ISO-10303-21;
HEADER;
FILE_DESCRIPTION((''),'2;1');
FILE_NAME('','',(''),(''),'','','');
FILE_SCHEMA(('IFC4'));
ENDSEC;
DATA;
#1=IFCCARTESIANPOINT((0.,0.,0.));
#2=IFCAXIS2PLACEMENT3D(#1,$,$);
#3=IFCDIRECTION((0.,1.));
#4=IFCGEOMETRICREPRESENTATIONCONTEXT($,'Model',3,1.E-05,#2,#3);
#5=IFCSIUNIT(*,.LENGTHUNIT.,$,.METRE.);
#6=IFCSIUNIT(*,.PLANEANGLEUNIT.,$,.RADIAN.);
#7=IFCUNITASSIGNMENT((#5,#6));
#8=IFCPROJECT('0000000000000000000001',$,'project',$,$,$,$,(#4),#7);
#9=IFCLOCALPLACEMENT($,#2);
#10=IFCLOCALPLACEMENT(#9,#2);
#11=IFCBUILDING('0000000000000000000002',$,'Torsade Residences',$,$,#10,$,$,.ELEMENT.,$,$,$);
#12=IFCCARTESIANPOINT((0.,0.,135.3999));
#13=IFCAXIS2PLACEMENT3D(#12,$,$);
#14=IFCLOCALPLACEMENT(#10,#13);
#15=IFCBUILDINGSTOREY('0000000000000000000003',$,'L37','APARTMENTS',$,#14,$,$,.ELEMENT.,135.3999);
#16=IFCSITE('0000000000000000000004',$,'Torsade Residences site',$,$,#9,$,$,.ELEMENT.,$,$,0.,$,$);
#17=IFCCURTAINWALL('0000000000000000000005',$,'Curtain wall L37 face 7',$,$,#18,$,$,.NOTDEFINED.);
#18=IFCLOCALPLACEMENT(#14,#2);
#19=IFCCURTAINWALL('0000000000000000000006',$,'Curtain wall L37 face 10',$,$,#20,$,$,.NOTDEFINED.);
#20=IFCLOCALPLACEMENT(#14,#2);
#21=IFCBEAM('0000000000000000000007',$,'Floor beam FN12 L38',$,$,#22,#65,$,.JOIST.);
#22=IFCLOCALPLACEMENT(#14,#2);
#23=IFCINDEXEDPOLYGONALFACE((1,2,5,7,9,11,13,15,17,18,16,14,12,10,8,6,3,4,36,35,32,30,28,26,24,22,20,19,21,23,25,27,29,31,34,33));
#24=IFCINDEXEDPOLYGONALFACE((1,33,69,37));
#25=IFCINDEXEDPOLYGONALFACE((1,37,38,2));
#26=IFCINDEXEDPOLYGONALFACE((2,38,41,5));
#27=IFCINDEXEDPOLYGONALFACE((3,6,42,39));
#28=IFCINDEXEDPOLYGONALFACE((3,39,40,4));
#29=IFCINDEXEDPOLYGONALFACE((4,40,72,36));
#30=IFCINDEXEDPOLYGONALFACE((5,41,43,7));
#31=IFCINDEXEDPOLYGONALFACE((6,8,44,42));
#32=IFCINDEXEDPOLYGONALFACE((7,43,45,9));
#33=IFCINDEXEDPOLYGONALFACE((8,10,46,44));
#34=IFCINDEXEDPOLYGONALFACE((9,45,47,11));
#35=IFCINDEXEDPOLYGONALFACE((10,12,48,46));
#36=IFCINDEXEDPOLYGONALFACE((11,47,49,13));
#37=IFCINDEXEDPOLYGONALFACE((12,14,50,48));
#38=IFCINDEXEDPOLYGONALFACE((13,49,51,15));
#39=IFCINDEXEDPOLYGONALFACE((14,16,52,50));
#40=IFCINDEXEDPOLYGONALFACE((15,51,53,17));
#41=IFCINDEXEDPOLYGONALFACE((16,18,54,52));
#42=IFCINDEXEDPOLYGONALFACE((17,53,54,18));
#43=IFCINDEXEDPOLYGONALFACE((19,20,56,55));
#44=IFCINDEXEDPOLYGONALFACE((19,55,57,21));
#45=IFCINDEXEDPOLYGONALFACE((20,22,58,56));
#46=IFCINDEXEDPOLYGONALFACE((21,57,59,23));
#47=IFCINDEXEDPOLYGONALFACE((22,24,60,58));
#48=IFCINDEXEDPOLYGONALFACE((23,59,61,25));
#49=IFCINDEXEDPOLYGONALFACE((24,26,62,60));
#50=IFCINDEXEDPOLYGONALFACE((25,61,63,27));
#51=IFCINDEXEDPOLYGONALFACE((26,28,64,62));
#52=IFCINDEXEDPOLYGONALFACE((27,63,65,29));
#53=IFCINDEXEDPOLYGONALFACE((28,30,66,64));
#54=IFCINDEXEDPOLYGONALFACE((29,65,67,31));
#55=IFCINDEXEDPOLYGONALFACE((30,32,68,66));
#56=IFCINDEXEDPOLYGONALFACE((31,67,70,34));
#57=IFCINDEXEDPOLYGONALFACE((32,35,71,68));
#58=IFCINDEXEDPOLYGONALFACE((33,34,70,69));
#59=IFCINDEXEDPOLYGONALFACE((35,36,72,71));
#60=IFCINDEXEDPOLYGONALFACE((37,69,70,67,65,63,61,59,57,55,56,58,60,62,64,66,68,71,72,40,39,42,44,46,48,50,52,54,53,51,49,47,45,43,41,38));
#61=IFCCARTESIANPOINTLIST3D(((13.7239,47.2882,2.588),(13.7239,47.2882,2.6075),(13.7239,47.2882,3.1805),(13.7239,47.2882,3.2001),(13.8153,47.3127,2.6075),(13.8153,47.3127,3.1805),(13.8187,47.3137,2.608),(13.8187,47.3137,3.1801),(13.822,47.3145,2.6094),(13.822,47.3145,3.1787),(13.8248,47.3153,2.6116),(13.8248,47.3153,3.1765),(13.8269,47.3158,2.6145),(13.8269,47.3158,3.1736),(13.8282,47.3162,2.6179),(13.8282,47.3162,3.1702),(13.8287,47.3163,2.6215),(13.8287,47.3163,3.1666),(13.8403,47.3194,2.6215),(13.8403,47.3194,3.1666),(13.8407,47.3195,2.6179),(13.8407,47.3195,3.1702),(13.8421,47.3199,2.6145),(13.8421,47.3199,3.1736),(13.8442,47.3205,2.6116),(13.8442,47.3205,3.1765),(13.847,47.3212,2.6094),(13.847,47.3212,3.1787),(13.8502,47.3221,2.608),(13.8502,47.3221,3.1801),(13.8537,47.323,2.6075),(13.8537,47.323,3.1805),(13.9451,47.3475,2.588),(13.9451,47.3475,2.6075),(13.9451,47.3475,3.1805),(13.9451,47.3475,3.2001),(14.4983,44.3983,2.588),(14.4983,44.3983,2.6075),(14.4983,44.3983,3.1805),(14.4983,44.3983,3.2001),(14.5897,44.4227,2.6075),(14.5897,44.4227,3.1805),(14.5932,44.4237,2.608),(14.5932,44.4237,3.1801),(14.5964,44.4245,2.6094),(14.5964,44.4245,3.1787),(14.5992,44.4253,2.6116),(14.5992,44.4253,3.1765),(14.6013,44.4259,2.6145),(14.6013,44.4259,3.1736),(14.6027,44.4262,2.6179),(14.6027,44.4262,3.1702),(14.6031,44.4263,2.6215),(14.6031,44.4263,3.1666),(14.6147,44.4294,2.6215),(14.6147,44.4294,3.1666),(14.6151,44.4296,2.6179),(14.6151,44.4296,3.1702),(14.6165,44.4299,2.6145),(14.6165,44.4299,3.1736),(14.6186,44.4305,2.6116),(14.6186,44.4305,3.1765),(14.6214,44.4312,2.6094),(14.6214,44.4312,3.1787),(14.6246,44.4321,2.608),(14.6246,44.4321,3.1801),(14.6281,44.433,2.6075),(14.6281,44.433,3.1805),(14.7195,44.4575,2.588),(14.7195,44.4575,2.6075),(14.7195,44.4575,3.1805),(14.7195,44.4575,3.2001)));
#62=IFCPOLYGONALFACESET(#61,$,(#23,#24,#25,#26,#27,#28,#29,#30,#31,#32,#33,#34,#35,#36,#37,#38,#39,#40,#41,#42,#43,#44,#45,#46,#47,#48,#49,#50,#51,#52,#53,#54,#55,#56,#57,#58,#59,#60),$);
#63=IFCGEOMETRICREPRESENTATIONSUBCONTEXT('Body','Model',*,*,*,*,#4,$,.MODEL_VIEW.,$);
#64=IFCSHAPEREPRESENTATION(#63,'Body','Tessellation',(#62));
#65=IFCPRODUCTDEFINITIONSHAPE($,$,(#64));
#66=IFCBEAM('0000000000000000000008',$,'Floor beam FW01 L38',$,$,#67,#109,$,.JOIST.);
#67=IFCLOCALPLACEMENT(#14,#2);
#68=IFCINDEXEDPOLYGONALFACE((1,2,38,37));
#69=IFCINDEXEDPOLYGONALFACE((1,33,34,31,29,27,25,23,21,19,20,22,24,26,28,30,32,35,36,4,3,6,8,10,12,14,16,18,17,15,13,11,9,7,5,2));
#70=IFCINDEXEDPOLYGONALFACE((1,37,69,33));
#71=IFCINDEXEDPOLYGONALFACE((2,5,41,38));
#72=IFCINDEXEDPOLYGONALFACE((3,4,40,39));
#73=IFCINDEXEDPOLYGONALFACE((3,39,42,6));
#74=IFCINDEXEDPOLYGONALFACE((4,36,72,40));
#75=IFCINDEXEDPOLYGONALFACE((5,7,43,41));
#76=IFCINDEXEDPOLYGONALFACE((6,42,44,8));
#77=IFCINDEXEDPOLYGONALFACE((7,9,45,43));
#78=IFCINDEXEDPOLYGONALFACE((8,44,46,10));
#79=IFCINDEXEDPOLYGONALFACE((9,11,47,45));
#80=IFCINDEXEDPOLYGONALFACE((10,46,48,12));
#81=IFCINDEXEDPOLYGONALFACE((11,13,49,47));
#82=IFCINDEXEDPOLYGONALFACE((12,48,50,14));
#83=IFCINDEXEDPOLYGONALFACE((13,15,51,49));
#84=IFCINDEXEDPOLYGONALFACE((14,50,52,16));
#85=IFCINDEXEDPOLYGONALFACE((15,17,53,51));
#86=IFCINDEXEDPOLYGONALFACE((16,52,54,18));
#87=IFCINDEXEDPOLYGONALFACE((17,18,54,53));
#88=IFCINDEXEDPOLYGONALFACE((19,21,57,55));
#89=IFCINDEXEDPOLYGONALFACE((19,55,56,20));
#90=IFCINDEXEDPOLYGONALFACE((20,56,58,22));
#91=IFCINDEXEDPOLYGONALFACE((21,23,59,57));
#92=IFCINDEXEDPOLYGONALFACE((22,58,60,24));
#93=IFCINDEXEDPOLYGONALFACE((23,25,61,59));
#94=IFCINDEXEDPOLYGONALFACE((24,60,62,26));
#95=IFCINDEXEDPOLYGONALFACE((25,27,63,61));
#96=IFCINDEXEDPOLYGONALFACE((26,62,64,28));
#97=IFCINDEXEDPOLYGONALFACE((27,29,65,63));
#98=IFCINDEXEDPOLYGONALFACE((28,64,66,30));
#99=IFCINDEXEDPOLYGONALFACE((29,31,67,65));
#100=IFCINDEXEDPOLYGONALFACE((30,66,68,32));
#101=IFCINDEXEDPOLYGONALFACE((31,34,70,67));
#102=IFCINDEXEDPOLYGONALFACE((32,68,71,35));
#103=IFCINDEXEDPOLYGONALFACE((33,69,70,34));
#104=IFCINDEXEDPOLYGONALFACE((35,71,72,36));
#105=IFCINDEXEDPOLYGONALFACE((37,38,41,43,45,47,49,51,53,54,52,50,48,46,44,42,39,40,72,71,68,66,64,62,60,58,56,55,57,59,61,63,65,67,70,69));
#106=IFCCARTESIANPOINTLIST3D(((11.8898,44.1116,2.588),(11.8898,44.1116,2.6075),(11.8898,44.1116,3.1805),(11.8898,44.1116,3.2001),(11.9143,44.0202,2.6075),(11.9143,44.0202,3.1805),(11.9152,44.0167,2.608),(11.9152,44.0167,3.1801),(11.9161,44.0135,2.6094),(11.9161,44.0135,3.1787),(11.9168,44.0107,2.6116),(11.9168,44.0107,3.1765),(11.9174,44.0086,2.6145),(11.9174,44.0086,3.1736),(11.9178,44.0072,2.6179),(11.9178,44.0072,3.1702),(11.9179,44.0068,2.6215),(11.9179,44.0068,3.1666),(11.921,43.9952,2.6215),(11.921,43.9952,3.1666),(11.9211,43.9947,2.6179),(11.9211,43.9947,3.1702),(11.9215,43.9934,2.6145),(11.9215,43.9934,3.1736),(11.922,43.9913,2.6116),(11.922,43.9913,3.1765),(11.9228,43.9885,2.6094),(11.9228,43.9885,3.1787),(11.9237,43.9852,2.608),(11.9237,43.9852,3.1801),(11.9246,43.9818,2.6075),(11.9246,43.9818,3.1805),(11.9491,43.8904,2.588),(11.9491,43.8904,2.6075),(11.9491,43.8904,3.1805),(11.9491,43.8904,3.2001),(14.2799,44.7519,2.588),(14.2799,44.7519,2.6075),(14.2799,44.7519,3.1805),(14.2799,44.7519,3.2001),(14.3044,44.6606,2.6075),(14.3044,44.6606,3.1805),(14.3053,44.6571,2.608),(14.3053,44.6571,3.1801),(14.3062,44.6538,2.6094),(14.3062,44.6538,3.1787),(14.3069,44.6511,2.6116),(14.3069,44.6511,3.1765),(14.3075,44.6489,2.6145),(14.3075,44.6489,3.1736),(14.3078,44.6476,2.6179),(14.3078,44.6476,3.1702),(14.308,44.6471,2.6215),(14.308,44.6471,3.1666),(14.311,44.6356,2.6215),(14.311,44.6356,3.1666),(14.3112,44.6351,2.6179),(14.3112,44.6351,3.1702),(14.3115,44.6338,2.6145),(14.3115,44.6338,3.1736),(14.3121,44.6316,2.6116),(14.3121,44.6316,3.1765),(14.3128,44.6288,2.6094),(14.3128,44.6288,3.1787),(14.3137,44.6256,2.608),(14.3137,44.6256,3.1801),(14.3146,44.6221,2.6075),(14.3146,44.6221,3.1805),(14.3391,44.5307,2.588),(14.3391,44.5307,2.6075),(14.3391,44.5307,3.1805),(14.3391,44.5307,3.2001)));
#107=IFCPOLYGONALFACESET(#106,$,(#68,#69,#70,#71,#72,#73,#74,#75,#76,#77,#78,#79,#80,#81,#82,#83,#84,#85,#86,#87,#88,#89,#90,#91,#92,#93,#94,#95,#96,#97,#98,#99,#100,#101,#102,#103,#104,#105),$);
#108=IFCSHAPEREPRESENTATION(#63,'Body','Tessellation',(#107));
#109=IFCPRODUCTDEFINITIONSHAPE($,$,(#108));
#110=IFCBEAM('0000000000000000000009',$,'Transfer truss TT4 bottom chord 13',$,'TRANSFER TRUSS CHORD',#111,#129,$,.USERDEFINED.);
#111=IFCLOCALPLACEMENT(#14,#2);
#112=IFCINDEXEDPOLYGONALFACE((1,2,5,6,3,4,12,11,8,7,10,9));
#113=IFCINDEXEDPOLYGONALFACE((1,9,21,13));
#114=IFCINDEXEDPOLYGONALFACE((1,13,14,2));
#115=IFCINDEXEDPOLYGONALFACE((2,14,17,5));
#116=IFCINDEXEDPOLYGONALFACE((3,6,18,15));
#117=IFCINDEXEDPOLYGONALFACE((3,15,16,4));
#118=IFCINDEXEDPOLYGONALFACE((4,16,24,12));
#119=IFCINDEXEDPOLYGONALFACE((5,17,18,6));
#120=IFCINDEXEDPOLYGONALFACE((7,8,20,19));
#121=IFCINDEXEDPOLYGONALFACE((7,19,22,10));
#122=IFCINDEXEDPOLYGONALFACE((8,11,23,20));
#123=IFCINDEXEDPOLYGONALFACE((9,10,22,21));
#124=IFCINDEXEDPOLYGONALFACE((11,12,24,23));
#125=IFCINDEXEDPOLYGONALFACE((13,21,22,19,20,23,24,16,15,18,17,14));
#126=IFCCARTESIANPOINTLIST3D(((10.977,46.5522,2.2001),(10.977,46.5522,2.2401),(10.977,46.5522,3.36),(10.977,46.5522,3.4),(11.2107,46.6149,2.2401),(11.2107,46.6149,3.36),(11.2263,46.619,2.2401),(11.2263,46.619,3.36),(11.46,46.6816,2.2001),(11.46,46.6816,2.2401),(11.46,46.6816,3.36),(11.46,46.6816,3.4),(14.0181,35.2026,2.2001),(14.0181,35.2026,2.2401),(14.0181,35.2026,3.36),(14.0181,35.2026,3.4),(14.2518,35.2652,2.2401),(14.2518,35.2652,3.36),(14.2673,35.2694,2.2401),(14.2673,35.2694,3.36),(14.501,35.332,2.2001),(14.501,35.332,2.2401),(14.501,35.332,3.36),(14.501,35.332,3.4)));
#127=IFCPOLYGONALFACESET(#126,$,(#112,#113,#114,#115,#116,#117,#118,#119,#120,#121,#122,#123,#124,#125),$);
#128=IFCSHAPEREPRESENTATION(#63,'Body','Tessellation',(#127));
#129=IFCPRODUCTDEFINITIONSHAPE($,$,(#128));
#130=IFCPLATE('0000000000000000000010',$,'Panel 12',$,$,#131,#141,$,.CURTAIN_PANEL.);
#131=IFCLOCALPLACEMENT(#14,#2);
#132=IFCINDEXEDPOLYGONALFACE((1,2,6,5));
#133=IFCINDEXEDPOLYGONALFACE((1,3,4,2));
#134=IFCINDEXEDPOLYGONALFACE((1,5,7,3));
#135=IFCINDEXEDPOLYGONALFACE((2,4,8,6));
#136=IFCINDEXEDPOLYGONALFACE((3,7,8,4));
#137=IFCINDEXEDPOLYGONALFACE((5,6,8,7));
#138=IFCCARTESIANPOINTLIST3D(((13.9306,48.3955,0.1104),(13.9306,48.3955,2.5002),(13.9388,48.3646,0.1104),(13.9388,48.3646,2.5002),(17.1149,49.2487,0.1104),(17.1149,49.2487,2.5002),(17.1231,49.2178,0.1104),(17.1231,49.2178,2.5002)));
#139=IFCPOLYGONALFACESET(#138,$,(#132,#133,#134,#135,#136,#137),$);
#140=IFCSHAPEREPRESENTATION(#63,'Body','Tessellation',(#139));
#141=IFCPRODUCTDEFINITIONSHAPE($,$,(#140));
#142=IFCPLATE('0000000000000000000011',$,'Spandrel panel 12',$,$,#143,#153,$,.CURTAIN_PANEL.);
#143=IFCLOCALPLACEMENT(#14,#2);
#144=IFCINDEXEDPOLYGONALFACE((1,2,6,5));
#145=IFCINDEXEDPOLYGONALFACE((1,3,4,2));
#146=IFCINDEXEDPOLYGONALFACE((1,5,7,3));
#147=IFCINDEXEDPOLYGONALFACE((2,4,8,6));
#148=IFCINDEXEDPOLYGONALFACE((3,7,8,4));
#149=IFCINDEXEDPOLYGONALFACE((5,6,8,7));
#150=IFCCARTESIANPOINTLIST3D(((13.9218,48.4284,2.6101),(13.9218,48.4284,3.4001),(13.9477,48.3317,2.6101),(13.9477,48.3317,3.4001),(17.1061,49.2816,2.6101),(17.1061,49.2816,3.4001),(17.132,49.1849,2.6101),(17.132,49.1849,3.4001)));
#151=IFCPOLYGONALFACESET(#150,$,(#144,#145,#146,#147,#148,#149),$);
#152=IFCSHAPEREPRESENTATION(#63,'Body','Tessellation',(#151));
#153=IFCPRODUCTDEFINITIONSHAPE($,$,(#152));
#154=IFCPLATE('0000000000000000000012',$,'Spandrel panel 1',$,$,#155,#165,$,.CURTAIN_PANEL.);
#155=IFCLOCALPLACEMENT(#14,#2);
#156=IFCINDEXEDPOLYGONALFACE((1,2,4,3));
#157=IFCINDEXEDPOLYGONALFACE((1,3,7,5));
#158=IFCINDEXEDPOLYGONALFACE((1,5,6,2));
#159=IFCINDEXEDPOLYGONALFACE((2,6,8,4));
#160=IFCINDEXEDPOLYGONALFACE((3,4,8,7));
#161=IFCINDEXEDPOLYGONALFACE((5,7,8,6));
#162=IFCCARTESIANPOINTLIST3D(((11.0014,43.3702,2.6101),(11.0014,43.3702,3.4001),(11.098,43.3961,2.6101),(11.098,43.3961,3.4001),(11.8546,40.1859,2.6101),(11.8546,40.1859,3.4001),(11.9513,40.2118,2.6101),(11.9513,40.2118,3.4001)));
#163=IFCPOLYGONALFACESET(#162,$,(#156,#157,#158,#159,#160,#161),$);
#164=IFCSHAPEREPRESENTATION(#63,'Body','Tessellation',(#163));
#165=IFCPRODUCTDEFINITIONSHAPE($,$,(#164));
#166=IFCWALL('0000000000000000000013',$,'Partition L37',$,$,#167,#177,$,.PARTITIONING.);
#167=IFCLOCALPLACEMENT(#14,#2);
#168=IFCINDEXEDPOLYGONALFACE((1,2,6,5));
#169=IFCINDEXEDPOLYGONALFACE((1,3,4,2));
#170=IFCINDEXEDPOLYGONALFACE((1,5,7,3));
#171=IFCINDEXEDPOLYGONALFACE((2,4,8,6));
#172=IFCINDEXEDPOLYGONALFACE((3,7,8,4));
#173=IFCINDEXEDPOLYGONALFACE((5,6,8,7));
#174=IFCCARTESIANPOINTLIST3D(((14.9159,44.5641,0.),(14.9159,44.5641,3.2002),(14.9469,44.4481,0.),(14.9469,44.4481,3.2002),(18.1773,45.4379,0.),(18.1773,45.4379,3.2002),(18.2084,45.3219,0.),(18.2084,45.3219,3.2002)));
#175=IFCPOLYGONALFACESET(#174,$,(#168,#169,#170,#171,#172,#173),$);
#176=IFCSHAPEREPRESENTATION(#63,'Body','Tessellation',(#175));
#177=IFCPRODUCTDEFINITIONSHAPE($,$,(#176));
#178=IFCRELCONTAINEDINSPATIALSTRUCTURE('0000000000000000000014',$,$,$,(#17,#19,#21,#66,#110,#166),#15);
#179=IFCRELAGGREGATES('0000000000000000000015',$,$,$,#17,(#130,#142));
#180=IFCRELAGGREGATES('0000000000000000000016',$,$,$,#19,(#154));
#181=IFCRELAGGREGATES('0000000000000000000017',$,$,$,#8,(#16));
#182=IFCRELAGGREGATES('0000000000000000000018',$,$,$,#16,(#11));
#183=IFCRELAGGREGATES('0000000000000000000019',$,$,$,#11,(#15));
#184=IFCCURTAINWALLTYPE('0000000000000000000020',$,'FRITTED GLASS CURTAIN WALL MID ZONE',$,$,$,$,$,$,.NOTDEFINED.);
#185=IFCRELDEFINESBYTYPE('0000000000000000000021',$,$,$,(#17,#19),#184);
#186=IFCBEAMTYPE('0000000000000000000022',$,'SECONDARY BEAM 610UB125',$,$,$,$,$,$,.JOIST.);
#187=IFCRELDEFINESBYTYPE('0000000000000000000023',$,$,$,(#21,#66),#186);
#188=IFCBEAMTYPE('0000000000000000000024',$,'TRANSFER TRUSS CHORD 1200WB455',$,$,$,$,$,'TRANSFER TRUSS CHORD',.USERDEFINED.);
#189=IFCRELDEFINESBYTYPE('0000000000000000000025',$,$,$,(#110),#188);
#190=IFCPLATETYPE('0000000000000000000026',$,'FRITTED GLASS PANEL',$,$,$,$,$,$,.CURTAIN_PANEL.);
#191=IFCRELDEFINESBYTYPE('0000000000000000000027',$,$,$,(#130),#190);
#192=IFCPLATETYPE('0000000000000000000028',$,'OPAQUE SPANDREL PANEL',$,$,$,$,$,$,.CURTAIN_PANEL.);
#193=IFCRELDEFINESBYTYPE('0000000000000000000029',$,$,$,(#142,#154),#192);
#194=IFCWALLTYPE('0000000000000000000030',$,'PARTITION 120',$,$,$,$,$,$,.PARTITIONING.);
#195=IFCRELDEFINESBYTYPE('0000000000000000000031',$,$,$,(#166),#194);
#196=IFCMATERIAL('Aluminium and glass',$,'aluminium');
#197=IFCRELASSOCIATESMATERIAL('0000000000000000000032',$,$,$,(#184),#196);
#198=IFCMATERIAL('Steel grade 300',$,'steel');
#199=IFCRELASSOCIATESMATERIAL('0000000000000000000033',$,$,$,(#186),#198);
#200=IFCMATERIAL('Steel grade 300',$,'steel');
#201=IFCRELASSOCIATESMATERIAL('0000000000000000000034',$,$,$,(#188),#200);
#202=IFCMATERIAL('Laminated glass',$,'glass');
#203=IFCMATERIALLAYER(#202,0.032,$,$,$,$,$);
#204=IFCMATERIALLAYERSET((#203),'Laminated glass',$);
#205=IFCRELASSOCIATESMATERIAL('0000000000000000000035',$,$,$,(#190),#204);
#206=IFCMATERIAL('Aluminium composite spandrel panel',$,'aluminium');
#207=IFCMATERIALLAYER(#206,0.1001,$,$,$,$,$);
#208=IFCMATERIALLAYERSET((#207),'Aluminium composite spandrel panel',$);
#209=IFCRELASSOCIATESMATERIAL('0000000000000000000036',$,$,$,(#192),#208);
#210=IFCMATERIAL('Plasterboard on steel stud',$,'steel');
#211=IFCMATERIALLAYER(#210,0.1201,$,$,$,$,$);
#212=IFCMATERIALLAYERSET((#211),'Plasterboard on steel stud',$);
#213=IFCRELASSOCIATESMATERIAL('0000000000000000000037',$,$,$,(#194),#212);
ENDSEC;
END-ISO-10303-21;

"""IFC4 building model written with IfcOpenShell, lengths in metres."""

from ifc_helpers import new_model, si_unit, direction, frame, frame_2d, origin, origin_2d, place, context, subcontext, project, spatial, rectangle, i_section, extrude, material, layer, layer_set, material_profile, profile_set, type_object, element, aggregate, save


model = new_model("IFC4")

# Units and contexts
model_context = context("Model", 3, precision=1e-05, world=origin(), true_north=direction((0.0, 1.0)))
body_context = subcontext(model_context, "Body", "Model", "MODEL_VIEW")
ifc_project = project(units=[si_unit("LENGTHUNIT", "METRE"), si_unit("PLANEANGLEUNIT", "RADIAN")], contexts=[model_context])

# Site, building, storey
site_placement = place(None, origin())
site = spatial("IfcSite", under=ifc_project, at=site_placement, Name="Torsade Residences site", CompositionType="ELEMENT", RefElevation=0.0)
building_placement = place(site_placement, origin())
building = spatial("IfcBuilding", under=site, at=building_placement, Name="Torsade Residences", CompositionType="ELEMENT")
storey_placement = place(building_placement, frame((0.0, 0.0, 135.3999)))
storey = spatial("IfcBuildingStorey", under=building, at=storey_placement, Name="L37", Description="APARTMENTS", CompositionType="ELEMENT", Elevation=135.3999)

# Curtain walls
ifc_material_1 = material(Name="Aluminium and glass", Category="aluminium")
curtain_wall_type = type_object("IfcCurtainWallType", Name="FRITTED GLASS CURTAIN WALL MID ZONE", PredefinedType="NOTDEFINED", material=ifc_material_1)
curtain_wall_1_placement = place(storey_placement, origin())
curtain_wall_1 = element("IfcCurtainWall", 1, at=curtain_wall_1_placement, inside=storey, type_object=curtain_wall_type, Name="Curtain wall L37 face 7", PredefinedType="NOTDEFINED")
curtain_wall_2_placement = place(storey_placement, origin())
curtain_wall_2 = element("IfcCurtainWall", 2, at=curtain_wall_2_placement, inside=storey, type_object=curtain_wall_type, Name="Curtain wall L37 face 10", PredefinedType="NOTDEFINED")

# Beams
ifc_material_2 = material(Name="Steel grade 300", Category="steel")
ifc_material_profile_1 = material_profile(ifc_material_2, i_section(OverallWidth=0.229, OverallDepth=0.6121, WebThickness=0.012, FlangeThickness=0.0195, FilletRadius=0.0139, at=origin_2d()), Name="610UB125")
ifc_profile_set_1 = profile_set([ifc_material_profile_1], Name="Steel grade 300")
beam_type_1 = type_object("IfcBeamType", Name="SECONDARY BEAM 610UB125", PredefinedType="JOIST", material=ifc_profile_set_1)
beam_1_placement = place(storey_placement, frame((13.8345, 47.3179, 2.894), z_axis=(0.258841, -0.96592, 0.0), x_axis=(0.96592, 0.258841, 0.0)))
element("IfcBeam", 3, at=beam_1_placement, inside=storey, type_object=beam_type_1, Name="Floor beam FN12 L38", PredefinedType="JOIST", context=body_context, shape_type="SweptSolid", body=[
    extrude(i_section(OverallWidth=0.229, OverallDepth=0.6121, WebThickness=0.012, FlangeThickness=0.0195, FilletRadius=0.0139, at=origin_2d()), origin(), (0.0, 0.0, 1.0), 2.9919),
])
beam_2_placement = place(storey_placement, frame((11.9194, 44.001, 2.894), z_axis=(0.965931, 0.258799, 0.0), x_axis=(-0.258799, 0.965931, 0.0)))
element("IfcBeam", 4, at=beam_2_placement, inside=storey, type_object=beam_type_1, Name="Floor beam FW01 L38", PredefinedType="JOIST", context=body_context, shape_type="SweptSolid", body=[
    extrude(i_section(OverallWidth=0.229, OverallDepth=0.6121, WebThickness=0.012, FlangeThickness=0.0195, FilletRadius=0.0139, at=origin_2d()), origin(), (0.0, 0.0, 1.0), 2.4744),
])
ifc_material_3 = material(Name="Steel grade 300", Category="steel")
ifc_material_profile_2 = material_profile(ifc_material_3, i_section(OverallWidth=0.5, OverallDepth=1.2, WebThickness=0.0161, FlangeThickness=0.04, at=origin_2d()), Name="1200WB455")
ifc_profile_set_2 = profile_set([ifc_material_profile_2], Name="Steel grade 300")
beam_type_2 = type_object("IfcBeamType", Name="TRANSFER TRUSS CHORD 1200WB455", ElementType="TRANSFER TRUSS CHORD", PredefinedType="USERDEFINED", material=ifc_profile_set_2)
beam_3_placement = place(storey_placement, frame((11.2185, 46.6169, 2.8), z_axis=(0.258811, -0.965928, 0.0), x_axis=(0.965928, 0.258811, 0.0)))
element("IfcBeam", 5, at=beam_3_placement, inside=storey, type_object=beam_type_2, Name="Transfer truss TT4 bottom chord 13", ObjectType="TRANSFER TRUSS CHORD", PredefinedType="USERDEFINED", context=body_context, shape_type="SweptSolid", body=[
    extrude(i_section(OverallWidth=0.5, OverallDepth=1.2, WebThickness=0.0161, FlangeThickness=0.04, at=origin_2d()), origin(), (0.0, 0.0, 1.0), 11.75),
])

# Plates
ifc_material_4 = material(Name="Laminated glass", Category="glass")
ifc_layer_1 = layer(ifc_material_4, 0.032)
ifc_layer_set_1 = layer_set([ifc_layer_1], Name="Laminated glass")
plate_type_1 = type_object("IfcPlateType", Name="FRITTED GLASS PANEL", PredefinedType="CURTAIN_PANEL", material=ifc_layer_set_1)
plate_1_placement = place(storey_placement, frame((15.5269, 48.8066, 0.1104), z_axis=(0.0, 0.0, 1.0), x_axis=(-0.965926, -0.258819, 0.0)))
plate_1 = element("IfcPlate", 6, at=plate_1_placement, type_object=plate_type_1, Name="Panel 12", PredefinedType="CURTAIN_PANEL", context=body_context, shape_type="SweptSolid", body=[
    extrude(rectangle(XDim=3.2966, YDim=0.032, at=origin_2d()), origin(), (0.0, 0.0, 1.0), 2.3899),
])
ifc_material_5 = material(Name="Aluminium composite spandrel panel", Category="aluminium")
ifc_layer_2 = layer(ifc_material_5, 0.1001)
ifc_layer_set_2 = layer_set([ifc_layer_2], Name="Aluminium composite spandrel panel")
plate_type_2 = type_object("IfcPlateType", Name="OPAQUE SPANDREL PANEL", PredefinedType="CURTAIN_PANEL", material=ifc_layer_set_2)
plate_2_placement = place(storey_placement, frame((15.5269, 48.8066, 2.6101), z_axis=(0.0, 0.0, 1.0), x_axis=(-0.965926, -0.258819, 0.0)))
plate_2 = element("IfcPlate", 7, at=plate_2_placement, type_object=plate_type_2, Name="Spandrel panel 12", PredefinedType="CURTAIN_PANEL", context=body_context, shape_type="SweptSolid", body=[
    extrude(rectangle(XDim=3.2966, YDim=0.1001, at=origin_2d()), origin(), (0.0, 0.0, 1.0), 0.79),
])
aggregate(curtain_wall_1, [plate_1, plate_2])
plate_3_placement = place(storey_placement, frame((11.4763, 41.791, 2.6101), z_axis=(0.0, 0.0, 1.0), x_axis=(0.258819, -0.965926, 0.0)))
plate_3 = element("IfcPlate", 8, at=plate_3_placement, type_object=plate_type_2, Name="Spandrel panel 1", PredefinedType="CURTAIN_PANEL", context=body_context, shape_type="SweptSolid", body=[
    extrude(rectangle(XDim=3.2966, YDim=0.1001, at=origin_2d()), origin(), (0.0, 0.0, 1.0), 0.79),
])
aggregate(curtain_wall_2, [plate_3])

# Wall
ifc_material_6 = material(Name="Plasterboard on steel stud", Category="steel")
ifc_layer_3 = layer(ifc_material_6, 0.1201)
ifc_layer_set_3 = layer_set([ifc_layer_3], Name="Plasterboard on steel stud")
wall_type_1 = type_object("IfcWallType", Name="PARTITION 120", PredefinedType="PARTITIONING", material=ifc_layer_set_3)
wall_1_placement = place(storey_placement, frame((14.9314, 44.5061, 0.0), z_axis=(0.0, 0.0, 1.0), x_axis=(0.965935, 0.258783, 0.0)))
element("IfcWall", 9, at=wall_1_placement, inside=storey, type_object=wall_type_1, Name="Partition L37", PredefinedType="PARTITIONING", context=body_context, shape_type="SweptSolid", body=[
    extrude(rectangle(XDim=3.3765, YDim=0.1201, at=frame_2d((1.6882, 0.0))), origin(), (0.0, 0.0, 1.0), 3.2002),
])

save(model, "model.ifc")
